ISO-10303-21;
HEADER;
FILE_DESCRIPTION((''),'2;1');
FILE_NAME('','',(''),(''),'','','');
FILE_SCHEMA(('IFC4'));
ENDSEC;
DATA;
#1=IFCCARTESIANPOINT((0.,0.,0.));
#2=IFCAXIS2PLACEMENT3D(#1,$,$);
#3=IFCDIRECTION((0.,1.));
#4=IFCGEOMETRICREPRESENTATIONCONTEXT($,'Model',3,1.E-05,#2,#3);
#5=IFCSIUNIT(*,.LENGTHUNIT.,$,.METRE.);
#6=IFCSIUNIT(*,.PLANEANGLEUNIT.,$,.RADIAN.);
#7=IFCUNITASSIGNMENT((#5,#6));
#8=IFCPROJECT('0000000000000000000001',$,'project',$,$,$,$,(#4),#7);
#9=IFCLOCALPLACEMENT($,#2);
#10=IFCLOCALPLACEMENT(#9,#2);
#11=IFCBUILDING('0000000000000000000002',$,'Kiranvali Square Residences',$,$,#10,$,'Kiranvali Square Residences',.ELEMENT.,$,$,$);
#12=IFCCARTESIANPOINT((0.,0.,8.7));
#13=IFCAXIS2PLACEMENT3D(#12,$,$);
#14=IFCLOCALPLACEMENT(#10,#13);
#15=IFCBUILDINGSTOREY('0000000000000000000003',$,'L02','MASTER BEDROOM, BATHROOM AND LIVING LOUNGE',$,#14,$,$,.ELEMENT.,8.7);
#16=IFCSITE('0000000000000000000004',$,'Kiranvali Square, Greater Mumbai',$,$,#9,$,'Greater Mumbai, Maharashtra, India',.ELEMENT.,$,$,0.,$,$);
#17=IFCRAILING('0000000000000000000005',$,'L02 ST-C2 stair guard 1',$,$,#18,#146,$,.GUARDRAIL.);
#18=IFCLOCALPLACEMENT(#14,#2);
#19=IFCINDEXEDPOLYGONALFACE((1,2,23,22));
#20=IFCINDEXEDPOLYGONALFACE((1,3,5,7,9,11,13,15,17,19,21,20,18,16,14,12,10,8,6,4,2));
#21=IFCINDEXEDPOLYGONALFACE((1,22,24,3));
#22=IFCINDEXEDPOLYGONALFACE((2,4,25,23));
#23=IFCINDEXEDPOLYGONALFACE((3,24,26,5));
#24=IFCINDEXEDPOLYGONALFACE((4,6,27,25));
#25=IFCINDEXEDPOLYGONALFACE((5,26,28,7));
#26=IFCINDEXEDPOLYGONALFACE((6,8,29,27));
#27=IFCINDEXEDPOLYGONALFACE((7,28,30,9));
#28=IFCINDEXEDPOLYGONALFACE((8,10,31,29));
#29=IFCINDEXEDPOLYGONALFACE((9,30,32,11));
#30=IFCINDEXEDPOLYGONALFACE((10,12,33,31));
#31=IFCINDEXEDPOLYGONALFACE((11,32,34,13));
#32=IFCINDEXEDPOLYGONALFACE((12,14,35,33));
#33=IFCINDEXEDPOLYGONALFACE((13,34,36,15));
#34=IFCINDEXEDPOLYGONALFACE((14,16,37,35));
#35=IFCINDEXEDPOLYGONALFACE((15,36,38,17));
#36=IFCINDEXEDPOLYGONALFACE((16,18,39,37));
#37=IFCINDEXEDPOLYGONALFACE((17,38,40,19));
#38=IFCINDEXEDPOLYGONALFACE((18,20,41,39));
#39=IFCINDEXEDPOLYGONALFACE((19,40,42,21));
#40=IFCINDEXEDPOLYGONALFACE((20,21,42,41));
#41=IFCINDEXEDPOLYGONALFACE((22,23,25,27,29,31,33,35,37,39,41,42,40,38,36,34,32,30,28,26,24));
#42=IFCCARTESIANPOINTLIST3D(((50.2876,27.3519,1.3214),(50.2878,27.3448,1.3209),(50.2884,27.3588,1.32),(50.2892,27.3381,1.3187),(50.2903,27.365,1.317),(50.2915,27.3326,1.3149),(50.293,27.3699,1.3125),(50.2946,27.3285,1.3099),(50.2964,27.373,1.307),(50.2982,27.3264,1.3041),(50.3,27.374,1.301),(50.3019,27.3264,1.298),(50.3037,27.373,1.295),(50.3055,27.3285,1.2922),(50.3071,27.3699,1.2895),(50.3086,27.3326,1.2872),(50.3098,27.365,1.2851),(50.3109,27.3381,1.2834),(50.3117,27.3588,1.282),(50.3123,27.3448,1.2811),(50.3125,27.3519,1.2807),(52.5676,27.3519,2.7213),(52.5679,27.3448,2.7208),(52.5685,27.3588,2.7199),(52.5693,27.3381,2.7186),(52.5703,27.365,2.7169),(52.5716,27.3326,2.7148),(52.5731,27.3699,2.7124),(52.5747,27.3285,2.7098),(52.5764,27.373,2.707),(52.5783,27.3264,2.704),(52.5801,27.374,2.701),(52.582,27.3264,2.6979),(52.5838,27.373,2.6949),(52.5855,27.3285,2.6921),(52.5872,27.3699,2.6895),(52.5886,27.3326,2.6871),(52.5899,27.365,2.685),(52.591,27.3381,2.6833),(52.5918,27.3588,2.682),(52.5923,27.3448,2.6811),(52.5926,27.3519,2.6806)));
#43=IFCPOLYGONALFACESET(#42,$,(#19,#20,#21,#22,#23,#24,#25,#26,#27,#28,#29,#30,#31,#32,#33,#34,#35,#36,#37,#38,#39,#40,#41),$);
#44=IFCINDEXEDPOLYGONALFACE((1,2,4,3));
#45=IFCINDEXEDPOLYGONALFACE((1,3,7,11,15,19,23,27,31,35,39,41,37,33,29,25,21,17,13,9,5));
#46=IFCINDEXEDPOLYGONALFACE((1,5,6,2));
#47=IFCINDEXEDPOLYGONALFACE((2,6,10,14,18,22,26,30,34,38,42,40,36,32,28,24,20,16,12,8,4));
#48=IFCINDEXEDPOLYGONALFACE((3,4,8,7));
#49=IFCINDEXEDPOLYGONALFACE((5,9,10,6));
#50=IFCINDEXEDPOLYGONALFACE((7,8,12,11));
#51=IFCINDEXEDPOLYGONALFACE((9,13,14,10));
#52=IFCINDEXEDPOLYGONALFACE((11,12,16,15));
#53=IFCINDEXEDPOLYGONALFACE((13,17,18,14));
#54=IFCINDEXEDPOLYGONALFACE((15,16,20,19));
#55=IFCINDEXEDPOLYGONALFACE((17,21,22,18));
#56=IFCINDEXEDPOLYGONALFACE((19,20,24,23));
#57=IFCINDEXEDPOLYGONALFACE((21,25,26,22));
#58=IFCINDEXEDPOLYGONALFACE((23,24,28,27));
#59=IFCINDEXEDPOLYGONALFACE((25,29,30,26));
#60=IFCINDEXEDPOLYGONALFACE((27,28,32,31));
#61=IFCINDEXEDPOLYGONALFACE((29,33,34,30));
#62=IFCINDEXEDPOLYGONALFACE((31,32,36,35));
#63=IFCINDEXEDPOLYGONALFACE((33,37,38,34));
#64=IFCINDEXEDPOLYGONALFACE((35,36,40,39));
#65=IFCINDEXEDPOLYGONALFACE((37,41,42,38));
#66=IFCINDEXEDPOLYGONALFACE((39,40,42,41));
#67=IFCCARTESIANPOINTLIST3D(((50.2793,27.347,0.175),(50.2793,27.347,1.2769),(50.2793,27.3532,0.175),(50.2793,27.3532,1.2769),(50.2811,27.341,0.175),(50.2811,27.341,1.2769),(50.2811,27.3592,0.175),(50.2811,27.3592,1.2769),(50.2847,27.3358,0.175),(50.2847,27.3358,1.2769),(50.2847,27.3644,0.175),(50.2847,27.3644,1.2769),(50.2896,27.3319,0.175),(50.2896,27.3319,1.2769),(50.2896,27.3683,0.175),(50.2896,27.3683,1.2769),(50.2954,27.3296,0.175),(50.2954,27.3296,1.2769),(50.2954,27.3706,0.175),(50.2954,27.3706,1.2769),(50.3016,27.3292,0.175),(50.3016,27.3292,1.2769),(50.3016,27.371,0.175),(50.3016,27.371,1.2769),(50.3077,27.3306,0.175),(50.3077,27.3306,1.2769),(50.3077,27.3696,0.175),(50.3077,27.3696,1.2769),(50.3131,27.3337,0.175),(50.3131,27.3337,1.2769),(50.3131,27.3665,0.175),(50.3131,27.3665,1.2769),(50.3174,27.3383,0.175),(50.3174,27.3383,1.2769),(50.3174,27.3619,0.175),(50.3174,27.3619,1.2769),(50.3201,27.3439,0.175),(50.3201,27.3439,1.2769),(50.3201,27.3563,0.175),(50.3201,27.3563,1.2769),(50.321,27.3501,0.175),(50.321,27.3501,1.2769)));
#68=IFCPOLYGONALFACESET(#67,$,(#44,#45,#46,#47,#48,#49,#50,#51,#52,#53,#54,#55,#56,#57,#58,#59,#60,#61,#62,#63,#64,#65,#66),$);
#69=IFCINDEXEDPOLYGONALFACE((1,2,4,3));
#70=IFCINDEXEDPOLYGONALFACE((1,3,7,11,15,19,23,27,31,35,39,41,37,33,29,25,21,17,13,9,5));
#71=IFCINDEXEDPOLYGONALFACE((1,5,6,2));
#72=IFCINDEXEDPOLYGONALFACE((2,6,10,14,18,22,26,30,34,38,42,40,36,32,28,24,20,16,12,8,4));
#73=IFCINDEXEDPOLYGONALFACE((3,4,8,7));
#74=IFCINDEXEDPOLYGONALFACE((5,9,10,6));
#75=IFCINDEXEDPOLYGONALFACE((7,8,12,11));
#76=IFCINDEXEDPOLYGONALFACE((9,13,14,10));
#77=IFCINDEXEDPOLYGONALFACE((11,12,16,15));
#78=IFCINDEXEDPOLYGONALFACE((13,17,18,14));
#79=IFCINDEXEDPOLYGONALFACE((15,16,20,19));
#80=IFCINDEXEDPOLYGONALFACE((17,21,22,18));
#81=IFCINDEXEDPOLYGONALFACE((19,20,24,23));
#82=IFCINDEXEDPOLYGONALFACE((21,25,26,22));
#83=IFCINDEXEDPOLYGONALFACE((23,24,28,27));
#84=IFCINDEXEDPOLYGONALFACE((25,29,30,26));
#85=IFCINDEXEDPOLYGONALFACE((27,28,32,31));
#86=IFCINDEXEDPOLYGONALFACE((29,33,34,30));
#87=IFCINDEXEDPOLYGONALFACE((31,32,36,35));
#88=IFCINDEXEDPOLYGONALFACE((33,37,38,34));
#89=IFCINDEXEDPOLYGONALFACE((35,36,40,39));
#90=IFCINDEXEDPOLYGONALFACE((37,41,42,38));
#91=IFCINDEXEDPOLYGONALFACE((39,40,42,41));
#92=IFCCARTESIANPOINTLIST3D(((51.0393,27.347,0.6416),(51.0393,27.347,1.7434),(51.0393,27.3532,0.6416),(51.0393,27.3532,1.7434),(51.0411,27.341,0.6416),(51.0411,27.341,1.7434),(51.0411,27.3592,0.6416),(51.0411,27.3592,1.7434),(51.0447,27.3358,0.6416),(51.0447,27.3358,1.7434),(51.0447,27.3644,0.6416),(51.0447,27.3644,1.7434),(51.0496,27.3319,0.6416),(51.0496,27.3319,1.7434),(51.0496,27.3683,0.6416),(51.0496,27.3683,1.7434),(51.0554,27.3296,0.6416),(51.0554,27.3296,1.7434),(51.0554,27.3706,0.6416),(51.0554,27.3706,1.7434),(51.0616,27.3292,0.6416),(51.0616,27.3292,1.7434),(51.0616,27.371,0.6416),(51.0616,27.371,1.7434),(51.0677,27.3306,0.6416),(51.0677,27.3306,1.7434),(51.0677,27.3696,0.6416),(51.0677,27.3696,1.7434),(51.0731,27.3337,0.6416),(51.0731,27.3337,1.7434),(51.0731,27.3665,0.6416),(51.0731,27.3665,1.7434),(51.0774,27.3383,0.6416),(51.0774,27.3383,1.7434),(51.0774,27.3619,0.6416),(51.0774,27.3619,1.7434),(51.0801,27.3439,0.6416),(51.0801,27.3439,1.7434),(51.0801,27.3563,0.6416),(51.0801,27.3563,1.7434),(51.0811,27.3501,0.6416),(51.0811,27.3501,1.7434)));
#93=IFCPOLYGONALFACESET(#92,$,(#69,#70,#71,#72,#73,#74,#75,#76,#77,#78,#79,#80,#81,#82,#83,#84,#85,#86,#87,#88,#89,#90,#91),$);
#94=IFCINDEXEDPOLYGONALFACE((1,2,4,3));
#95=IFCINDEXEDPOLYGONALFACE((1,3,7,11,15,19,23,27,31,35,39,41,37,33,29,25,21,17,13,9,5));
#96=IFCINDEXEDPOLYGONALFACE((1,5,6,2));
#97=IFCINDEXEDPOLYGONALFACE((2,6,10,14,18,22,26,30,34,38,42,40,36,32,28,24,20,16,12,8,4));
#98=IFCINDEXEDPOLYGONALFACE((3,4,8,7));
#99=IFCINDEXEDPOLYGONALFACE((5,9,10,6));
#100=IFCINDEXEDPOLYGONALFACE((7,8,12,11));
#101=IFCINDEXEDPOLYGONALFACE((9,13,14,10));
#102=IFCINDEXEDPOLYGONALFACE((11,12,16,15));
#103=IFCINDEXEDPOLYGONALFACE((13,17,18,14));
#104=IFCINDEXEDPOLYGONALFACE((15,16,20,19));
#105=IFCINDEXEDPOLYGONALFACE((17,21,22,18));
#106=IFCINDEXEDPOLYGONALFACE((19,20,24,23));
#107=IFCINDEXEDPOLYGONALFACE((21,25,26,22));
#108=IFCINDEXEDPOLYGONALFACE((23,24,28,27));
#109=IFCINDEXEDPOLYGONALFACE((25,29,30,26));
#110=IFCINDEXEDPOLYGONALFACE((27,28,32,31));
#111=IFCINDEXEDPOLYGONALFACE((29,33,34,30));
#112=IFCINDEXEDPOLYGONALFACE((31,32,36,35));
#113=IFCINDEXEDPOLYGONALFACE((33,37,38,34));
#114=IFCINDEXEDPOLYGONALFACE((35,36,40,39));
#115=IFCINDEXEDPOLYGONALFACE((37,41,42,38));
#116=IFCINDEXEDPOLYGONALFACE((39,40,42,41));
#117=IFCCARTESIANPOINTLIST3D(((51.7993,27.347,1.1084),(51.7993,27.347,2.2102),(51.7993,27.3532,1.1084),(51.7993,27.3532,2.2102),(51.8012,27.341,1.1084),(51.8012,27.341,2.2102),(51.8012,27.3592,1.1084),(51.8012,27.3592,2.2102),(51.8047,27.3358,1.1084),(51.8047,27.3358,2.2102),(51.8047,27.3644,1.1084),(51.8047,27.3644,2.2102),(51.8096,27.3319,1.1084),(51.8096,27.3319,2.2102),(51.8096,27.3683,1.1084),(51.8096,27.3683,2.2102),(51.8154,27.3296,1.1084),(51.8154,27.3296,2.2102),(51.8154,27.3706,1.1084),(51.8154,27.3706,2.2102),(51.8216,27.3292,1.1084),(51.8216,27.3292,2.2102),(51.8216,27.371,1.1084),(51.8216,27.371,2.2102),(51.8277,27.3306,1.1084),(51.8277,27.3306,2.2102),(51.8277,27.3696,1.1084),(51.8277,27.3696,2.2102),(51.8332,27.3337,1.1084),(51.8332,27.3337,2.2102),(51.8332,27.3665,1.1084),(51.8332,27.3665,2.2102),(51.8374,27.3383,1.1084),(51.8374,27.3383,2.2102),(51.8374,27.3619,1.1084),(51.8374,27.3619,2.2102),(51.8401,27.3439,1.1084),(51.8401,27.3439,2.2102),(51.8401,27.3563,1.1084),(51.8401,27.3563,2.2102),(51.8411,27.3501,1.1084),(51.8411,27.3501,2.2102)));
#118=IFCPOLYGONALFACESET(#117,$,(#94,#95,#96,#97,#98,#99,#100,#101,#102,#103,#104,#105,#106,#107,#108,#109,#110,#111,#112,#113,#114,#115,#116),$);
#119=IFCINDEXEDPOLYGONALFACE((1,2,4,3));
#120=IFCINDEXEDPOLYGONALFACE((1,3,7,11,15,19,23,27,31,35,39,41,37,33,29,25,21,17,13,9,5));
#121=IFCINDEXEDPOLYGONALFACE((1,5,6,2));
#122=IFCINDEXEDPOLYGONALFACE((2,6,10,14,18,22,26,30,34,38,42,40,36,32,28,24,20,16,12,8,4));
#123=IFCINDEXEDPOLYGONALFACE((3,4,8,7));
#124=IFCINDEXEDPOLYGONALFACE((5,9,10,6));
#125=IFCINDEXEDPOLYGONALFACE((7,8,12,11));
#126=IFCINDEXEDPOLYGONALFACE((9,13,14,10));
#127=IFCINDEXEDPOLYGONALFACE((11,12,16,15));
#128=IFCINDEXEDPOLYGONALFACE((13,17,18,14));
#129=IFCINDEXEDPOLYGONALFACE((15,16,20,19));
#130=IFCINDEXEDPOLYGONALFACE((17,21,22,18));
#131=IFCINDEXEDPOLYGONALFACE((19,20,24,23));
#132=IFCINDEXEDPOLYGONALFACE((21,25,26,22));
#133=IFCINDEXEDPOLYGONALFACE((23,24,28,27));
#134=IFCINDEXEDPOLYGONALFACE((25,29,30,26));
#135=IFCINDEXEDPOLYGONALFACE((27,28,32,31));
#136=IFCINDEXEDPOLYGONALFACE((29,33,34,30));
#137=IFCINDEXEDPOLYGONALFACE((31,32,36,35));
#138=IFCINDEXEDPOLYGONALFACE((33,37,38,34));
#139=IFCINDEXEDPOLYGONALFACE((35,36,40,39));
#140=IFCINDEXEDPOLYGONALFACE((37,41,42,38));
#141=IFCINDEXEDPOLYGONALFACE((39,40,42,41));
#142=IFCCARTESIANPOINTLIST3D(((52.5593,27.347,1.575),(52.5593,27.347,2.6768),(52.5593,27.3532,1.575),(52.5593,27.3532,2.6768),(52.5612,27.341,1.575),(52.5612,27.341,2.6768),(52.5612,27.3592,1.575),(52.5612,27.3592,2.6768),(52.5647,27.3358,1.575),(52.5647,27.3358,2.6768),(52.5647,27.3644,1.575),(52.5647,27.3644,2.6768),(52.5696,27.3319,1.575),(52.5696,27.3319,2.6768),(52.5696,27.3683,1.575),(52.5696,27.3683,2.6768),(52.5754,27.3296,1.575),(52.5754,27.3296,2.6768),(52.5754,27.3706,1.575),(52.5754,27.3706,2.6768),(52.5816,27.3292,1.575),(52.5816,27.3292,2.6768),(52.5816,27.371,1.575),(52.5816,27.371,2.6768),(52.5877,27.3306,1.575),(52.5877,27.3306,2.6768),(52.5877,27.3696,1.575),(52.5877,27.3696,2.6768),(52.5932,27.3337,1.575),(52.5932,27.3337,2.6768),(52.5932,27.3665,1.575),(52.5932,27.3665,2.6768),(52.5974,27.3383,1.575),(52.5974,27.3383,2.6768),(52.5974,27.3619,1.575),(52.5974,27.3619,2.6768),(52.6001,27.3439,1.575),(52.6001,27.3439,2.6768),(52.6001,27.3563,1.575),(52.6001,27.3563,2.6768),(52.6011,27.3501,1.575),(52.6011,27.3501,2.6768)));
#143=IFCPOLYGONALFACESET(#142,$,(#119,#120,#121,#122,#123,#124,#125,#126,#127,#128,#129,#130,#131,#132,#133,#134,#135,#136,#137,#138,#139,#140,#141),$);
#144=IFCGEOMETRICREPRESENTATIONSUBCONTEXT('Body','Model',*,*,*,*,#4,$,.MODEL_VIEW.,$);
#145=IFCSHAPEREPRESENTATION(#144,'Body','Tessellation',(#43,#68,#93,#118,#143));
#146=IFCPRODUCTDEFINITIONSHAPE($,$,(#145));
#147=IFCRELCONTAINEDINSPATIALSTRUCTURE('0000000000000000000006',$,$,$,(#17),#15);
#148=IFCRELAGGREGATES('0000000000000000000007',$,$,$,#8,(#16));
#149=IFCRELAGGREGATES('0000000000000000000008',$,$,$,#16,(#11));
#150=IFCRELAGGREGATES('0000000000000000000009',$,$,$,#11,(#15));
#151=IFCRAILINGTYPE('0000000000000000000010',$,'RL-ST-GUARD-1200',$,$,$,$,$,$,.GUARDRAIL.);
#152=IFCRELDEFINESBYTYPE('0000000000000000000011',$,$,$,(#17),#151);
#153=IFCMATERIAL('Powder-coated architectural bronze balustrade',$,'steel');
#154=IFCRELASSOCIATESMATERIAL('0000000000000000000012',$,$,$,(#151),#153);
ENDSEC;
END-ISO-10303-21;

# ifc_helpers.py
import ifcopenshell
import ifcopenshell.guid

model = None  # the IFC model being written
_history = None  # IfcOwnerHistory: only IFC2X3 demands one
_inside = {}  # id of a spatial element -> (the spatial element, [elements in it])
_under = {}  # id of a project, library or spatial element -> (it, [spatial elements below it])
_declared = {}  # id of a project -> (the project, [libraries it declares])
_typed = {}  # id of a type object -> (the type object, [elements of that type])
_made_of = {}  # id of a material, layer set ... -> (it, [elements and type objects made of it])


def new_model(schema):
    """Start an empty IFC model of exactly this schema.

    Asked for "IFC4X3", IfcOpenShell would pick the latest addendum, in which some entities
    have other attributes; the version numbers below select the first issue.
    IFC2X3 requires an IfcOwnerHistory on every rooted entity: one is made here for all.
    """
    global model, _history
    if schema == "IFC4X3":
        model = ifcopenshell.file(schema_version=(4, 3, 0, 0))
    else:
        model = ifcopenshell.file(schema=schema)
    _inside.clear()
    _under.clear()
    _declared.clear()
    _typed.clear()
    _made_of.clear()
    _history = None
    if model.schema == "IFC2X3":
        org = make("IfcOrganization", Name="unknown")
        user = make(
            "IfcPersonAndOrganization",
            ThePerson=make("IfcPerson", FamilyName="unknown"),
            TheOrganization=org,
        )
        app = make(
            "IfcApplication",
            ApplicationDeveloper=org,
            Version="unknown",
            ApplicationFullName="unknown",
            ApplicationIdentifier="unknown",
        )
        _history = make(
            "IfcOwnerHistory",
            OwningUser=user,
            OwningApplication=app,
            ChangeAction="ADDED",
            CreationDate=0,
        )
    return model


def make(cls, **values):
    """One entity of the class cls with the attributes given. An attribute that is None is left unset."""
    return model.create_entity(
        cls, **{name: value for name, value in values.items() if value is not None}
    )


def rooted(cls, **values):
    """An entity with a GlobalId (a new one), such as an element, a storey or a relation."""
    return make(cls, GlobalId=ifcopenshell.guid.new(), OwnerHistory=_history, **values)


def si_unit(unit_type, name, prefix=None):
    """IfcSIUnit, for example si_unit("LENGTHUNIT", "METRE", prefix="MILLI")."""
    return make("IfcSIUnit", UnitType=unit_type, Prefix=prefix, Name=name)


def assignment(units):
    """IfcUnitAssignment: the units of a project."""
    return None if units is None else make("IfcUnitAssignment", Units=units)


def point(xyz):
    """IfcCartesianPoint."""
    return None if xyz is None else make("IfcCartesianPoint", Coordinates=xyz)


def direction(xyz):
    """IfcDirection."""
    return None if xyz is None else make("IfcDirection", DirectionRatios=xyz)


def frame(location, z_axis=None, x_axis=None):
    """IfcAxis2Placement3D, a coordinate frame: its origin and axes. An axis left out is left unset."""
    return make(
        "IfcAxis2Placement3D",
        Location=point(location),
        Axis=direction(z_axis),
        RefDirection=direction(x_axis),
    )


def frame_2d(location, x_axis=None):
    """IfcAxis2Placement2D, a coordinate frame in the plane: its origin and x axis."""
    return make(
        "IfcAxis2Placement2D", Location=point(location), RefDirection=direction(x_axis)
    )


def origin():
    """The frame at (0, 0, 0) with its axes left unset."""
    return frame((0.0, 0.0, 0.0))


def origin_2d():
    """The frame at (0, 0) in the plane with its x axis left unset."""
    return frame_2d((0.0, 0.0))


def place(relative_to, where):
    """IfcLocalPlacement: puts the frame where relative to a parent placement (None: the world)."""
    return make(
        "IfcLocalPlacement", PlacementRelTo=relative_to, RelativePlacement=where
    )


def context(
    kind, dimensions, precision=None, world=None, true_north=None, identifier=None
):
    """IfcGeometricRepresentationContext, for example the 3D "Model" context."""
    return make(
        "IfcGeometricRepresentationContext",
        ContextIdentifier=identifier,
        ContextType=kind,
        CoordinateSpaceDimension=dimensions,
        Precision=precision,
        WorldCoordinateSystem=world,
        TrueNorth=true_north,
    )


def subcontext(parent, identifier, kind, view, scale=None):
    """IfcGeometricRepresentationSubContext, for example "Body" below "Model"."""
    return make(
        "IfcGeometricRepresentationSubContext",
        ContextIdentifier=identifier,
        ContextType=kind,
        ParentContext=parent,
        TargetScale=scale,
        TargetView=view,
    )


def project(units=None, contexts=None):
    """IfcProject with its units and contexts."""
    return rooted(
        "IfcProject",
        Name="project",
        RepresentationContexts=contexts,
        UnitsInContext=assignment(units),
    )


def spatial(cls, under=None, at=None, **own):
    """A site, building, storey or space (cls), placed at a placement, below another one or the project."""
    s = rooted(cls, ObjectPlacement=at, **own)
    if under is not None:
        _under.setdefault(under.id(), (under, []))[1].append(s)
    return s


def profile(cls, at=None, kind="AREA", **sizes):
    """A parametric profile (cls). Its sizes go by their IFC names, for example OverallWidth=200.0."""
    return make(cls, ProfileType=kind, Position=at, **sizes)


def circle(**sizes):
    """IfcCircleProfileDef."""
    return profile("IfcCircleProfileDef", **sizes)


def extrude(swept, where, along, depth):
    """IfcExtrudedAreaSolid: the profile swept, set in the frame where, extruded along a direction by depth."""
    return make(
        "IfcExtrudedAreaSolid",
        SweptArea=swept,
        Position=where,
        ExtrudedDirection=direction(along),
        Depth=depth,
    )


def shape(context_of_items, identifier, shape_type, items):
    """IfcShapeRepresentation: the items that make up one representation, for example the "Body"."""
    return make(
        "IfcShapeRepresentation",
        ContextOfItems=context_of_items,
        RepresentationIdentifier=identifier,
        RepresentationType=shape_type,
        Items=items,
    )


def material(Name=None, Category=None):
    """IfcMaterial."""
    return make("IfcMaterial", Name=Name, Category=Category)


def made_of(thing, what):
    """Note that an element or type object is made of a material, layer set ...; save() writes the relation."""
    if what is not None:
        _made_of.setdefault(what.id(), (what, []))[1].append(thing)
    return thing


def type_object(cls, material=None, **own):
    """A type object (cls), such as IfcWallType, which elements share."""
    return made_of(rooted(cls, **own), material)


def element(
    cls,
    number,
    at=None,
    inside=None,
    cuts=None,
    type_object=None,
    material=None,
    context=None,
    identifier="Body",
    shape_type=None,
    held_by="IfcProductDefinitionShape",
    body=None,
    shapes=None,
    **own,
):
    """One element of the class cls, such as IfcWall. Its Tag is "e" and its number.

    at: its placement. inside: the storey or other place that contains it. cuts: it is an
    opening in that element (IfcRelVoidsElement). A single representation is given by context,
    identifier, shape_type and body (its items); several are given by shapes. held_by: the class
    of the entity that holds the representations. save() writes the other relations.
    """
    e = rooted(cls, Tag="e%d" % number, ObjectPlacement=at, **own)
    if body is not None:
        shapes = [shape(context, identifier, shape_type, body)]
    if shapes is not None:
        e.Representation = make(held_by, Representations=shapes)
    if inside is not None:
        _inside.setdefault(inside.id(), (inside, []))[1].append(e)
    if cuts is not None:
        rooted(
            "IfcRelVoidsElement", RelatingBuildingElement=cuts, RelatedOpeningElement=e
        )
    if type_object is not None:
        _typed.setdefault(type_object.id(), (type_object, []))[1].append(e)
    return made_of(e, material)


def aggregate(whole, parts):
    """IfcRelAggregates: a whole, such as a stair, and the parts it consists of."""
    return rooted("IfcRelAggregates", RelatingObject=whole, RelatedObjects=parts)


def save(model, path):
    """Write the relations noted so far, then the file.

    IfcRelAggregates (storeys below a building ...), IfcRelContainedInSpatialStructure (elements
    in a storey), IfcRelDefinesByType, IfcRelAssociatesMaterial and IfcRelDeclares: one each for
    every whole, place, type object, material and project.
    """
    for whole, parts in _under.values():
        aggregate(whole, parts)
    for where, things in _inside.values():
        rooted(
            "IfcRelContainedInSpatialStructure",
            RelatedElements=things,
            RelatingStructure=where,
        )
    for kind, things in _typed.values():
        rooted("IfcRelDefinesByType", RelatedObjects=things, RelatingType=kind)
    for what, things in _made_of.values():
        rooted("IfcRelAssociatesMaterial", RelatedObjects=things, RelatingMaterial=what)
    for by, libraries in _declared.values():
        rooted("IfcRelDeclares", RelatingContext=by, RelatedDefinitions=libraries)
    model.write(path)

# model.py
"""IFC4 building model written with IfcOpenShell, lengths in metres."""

from ifc_helpers import new_model, si_unit, direction, frame, origin, origin_2d, place, context, subcontext, project, spatial, circle, extrude, material, type_object, element, save


model = new_model("IFC4")

# Units and contexts
model_context = context("Model", 3, precision=1e-05, world=origin(), true_north=direction((0.0, 1.0)))
body_context = subcontext(model_context, "Body", "Model", "MODEL_VIEW")
ifc_project = project(units=[si_unit("LENGTHUNIT", "METRE"), si_unit("PLANEANGLEUNIT", "RADIAN")], contexts=[model_context])

# Site, building, storey
site_placement = place(None, origin())
site = spatial("IfcSite", under=ifc_project, at=site_placement, Name="Kiranvali Square, Greater Mumbai", LongName="Greater Mumbai, Maharashtra, India", CompositionType="ELEMENT", RefElevation=0.0)
building_placement = place(site_placement, origin())
building = spatial("IfcBuilding", under=site, at=building_placement, Name="Kiranvali Square Residences", LongName="Kiranvali Square Residences", CompositionType="ELEMENT")
storey_placement = place(building_placement, frame((0.0, 0.0, 8.7)))
storey = spatial("IfcBuildingStorey", under=building, at=storey_placement, Name="L02", Description="MASTER BEDROOM, BATHROOM AND LIVING LOUNGE", CompositionType="ELEMENT", Elevation=8.7)

# Railing
ifc_material_1 = material(Name="Powder-coated architectural bronze balustrade", Category="steel")
railing_type_1 = type_object("IfcRailingType", Name="RL-ST-GUARD-1200", PredefinedType="GUARDRAIL", material=ifc_material_1)
railing_1_placement = place(storey_placement, frame((50.3, 27.3501, 0.175)))
element("IfcRailing", 1, at=railing_1_placement, inside=storey, type_object=railing_type_1, Name="L02 ST-C2 stair guard 1", PredefinedType="GUARDRAIL", context=body_context, shape_type="SweptSolid", body=[
    extrude(circle(Radius=0.0239, at=origin_2d()), frame((0.0, 0.0, 1.126), z_axis=(0.85219, 0.0, 0.523232), x_axis=(0.0, 1.0, 0.0)), (0.0, 0.0, 1.0), 2.6755),
    extrude(circle(Radius=0.021, at=origin_2d()), origin(), (0.0, 0.0, 1.0), 1.1018),
    extrude(circle(Radius=0.021, at=origin_2d()), frame((0.76, 0.0, 0.4666)), (0.0, 0.0, 1.0), 1.1018),
    extrude(circle(Radius=0.021, at=origin_2d()), frame((1.52, 0.0, 0.9333)), (0.0, 0.0, 1.0), 1.1018),
    extrude(circle(Radius=0.021, at=origin_2d()), frame((2.28, 0.0, 1.3999)), (0.0, 0.0, 1.0), 1.1018),
])

save(model, "model.ifc")
